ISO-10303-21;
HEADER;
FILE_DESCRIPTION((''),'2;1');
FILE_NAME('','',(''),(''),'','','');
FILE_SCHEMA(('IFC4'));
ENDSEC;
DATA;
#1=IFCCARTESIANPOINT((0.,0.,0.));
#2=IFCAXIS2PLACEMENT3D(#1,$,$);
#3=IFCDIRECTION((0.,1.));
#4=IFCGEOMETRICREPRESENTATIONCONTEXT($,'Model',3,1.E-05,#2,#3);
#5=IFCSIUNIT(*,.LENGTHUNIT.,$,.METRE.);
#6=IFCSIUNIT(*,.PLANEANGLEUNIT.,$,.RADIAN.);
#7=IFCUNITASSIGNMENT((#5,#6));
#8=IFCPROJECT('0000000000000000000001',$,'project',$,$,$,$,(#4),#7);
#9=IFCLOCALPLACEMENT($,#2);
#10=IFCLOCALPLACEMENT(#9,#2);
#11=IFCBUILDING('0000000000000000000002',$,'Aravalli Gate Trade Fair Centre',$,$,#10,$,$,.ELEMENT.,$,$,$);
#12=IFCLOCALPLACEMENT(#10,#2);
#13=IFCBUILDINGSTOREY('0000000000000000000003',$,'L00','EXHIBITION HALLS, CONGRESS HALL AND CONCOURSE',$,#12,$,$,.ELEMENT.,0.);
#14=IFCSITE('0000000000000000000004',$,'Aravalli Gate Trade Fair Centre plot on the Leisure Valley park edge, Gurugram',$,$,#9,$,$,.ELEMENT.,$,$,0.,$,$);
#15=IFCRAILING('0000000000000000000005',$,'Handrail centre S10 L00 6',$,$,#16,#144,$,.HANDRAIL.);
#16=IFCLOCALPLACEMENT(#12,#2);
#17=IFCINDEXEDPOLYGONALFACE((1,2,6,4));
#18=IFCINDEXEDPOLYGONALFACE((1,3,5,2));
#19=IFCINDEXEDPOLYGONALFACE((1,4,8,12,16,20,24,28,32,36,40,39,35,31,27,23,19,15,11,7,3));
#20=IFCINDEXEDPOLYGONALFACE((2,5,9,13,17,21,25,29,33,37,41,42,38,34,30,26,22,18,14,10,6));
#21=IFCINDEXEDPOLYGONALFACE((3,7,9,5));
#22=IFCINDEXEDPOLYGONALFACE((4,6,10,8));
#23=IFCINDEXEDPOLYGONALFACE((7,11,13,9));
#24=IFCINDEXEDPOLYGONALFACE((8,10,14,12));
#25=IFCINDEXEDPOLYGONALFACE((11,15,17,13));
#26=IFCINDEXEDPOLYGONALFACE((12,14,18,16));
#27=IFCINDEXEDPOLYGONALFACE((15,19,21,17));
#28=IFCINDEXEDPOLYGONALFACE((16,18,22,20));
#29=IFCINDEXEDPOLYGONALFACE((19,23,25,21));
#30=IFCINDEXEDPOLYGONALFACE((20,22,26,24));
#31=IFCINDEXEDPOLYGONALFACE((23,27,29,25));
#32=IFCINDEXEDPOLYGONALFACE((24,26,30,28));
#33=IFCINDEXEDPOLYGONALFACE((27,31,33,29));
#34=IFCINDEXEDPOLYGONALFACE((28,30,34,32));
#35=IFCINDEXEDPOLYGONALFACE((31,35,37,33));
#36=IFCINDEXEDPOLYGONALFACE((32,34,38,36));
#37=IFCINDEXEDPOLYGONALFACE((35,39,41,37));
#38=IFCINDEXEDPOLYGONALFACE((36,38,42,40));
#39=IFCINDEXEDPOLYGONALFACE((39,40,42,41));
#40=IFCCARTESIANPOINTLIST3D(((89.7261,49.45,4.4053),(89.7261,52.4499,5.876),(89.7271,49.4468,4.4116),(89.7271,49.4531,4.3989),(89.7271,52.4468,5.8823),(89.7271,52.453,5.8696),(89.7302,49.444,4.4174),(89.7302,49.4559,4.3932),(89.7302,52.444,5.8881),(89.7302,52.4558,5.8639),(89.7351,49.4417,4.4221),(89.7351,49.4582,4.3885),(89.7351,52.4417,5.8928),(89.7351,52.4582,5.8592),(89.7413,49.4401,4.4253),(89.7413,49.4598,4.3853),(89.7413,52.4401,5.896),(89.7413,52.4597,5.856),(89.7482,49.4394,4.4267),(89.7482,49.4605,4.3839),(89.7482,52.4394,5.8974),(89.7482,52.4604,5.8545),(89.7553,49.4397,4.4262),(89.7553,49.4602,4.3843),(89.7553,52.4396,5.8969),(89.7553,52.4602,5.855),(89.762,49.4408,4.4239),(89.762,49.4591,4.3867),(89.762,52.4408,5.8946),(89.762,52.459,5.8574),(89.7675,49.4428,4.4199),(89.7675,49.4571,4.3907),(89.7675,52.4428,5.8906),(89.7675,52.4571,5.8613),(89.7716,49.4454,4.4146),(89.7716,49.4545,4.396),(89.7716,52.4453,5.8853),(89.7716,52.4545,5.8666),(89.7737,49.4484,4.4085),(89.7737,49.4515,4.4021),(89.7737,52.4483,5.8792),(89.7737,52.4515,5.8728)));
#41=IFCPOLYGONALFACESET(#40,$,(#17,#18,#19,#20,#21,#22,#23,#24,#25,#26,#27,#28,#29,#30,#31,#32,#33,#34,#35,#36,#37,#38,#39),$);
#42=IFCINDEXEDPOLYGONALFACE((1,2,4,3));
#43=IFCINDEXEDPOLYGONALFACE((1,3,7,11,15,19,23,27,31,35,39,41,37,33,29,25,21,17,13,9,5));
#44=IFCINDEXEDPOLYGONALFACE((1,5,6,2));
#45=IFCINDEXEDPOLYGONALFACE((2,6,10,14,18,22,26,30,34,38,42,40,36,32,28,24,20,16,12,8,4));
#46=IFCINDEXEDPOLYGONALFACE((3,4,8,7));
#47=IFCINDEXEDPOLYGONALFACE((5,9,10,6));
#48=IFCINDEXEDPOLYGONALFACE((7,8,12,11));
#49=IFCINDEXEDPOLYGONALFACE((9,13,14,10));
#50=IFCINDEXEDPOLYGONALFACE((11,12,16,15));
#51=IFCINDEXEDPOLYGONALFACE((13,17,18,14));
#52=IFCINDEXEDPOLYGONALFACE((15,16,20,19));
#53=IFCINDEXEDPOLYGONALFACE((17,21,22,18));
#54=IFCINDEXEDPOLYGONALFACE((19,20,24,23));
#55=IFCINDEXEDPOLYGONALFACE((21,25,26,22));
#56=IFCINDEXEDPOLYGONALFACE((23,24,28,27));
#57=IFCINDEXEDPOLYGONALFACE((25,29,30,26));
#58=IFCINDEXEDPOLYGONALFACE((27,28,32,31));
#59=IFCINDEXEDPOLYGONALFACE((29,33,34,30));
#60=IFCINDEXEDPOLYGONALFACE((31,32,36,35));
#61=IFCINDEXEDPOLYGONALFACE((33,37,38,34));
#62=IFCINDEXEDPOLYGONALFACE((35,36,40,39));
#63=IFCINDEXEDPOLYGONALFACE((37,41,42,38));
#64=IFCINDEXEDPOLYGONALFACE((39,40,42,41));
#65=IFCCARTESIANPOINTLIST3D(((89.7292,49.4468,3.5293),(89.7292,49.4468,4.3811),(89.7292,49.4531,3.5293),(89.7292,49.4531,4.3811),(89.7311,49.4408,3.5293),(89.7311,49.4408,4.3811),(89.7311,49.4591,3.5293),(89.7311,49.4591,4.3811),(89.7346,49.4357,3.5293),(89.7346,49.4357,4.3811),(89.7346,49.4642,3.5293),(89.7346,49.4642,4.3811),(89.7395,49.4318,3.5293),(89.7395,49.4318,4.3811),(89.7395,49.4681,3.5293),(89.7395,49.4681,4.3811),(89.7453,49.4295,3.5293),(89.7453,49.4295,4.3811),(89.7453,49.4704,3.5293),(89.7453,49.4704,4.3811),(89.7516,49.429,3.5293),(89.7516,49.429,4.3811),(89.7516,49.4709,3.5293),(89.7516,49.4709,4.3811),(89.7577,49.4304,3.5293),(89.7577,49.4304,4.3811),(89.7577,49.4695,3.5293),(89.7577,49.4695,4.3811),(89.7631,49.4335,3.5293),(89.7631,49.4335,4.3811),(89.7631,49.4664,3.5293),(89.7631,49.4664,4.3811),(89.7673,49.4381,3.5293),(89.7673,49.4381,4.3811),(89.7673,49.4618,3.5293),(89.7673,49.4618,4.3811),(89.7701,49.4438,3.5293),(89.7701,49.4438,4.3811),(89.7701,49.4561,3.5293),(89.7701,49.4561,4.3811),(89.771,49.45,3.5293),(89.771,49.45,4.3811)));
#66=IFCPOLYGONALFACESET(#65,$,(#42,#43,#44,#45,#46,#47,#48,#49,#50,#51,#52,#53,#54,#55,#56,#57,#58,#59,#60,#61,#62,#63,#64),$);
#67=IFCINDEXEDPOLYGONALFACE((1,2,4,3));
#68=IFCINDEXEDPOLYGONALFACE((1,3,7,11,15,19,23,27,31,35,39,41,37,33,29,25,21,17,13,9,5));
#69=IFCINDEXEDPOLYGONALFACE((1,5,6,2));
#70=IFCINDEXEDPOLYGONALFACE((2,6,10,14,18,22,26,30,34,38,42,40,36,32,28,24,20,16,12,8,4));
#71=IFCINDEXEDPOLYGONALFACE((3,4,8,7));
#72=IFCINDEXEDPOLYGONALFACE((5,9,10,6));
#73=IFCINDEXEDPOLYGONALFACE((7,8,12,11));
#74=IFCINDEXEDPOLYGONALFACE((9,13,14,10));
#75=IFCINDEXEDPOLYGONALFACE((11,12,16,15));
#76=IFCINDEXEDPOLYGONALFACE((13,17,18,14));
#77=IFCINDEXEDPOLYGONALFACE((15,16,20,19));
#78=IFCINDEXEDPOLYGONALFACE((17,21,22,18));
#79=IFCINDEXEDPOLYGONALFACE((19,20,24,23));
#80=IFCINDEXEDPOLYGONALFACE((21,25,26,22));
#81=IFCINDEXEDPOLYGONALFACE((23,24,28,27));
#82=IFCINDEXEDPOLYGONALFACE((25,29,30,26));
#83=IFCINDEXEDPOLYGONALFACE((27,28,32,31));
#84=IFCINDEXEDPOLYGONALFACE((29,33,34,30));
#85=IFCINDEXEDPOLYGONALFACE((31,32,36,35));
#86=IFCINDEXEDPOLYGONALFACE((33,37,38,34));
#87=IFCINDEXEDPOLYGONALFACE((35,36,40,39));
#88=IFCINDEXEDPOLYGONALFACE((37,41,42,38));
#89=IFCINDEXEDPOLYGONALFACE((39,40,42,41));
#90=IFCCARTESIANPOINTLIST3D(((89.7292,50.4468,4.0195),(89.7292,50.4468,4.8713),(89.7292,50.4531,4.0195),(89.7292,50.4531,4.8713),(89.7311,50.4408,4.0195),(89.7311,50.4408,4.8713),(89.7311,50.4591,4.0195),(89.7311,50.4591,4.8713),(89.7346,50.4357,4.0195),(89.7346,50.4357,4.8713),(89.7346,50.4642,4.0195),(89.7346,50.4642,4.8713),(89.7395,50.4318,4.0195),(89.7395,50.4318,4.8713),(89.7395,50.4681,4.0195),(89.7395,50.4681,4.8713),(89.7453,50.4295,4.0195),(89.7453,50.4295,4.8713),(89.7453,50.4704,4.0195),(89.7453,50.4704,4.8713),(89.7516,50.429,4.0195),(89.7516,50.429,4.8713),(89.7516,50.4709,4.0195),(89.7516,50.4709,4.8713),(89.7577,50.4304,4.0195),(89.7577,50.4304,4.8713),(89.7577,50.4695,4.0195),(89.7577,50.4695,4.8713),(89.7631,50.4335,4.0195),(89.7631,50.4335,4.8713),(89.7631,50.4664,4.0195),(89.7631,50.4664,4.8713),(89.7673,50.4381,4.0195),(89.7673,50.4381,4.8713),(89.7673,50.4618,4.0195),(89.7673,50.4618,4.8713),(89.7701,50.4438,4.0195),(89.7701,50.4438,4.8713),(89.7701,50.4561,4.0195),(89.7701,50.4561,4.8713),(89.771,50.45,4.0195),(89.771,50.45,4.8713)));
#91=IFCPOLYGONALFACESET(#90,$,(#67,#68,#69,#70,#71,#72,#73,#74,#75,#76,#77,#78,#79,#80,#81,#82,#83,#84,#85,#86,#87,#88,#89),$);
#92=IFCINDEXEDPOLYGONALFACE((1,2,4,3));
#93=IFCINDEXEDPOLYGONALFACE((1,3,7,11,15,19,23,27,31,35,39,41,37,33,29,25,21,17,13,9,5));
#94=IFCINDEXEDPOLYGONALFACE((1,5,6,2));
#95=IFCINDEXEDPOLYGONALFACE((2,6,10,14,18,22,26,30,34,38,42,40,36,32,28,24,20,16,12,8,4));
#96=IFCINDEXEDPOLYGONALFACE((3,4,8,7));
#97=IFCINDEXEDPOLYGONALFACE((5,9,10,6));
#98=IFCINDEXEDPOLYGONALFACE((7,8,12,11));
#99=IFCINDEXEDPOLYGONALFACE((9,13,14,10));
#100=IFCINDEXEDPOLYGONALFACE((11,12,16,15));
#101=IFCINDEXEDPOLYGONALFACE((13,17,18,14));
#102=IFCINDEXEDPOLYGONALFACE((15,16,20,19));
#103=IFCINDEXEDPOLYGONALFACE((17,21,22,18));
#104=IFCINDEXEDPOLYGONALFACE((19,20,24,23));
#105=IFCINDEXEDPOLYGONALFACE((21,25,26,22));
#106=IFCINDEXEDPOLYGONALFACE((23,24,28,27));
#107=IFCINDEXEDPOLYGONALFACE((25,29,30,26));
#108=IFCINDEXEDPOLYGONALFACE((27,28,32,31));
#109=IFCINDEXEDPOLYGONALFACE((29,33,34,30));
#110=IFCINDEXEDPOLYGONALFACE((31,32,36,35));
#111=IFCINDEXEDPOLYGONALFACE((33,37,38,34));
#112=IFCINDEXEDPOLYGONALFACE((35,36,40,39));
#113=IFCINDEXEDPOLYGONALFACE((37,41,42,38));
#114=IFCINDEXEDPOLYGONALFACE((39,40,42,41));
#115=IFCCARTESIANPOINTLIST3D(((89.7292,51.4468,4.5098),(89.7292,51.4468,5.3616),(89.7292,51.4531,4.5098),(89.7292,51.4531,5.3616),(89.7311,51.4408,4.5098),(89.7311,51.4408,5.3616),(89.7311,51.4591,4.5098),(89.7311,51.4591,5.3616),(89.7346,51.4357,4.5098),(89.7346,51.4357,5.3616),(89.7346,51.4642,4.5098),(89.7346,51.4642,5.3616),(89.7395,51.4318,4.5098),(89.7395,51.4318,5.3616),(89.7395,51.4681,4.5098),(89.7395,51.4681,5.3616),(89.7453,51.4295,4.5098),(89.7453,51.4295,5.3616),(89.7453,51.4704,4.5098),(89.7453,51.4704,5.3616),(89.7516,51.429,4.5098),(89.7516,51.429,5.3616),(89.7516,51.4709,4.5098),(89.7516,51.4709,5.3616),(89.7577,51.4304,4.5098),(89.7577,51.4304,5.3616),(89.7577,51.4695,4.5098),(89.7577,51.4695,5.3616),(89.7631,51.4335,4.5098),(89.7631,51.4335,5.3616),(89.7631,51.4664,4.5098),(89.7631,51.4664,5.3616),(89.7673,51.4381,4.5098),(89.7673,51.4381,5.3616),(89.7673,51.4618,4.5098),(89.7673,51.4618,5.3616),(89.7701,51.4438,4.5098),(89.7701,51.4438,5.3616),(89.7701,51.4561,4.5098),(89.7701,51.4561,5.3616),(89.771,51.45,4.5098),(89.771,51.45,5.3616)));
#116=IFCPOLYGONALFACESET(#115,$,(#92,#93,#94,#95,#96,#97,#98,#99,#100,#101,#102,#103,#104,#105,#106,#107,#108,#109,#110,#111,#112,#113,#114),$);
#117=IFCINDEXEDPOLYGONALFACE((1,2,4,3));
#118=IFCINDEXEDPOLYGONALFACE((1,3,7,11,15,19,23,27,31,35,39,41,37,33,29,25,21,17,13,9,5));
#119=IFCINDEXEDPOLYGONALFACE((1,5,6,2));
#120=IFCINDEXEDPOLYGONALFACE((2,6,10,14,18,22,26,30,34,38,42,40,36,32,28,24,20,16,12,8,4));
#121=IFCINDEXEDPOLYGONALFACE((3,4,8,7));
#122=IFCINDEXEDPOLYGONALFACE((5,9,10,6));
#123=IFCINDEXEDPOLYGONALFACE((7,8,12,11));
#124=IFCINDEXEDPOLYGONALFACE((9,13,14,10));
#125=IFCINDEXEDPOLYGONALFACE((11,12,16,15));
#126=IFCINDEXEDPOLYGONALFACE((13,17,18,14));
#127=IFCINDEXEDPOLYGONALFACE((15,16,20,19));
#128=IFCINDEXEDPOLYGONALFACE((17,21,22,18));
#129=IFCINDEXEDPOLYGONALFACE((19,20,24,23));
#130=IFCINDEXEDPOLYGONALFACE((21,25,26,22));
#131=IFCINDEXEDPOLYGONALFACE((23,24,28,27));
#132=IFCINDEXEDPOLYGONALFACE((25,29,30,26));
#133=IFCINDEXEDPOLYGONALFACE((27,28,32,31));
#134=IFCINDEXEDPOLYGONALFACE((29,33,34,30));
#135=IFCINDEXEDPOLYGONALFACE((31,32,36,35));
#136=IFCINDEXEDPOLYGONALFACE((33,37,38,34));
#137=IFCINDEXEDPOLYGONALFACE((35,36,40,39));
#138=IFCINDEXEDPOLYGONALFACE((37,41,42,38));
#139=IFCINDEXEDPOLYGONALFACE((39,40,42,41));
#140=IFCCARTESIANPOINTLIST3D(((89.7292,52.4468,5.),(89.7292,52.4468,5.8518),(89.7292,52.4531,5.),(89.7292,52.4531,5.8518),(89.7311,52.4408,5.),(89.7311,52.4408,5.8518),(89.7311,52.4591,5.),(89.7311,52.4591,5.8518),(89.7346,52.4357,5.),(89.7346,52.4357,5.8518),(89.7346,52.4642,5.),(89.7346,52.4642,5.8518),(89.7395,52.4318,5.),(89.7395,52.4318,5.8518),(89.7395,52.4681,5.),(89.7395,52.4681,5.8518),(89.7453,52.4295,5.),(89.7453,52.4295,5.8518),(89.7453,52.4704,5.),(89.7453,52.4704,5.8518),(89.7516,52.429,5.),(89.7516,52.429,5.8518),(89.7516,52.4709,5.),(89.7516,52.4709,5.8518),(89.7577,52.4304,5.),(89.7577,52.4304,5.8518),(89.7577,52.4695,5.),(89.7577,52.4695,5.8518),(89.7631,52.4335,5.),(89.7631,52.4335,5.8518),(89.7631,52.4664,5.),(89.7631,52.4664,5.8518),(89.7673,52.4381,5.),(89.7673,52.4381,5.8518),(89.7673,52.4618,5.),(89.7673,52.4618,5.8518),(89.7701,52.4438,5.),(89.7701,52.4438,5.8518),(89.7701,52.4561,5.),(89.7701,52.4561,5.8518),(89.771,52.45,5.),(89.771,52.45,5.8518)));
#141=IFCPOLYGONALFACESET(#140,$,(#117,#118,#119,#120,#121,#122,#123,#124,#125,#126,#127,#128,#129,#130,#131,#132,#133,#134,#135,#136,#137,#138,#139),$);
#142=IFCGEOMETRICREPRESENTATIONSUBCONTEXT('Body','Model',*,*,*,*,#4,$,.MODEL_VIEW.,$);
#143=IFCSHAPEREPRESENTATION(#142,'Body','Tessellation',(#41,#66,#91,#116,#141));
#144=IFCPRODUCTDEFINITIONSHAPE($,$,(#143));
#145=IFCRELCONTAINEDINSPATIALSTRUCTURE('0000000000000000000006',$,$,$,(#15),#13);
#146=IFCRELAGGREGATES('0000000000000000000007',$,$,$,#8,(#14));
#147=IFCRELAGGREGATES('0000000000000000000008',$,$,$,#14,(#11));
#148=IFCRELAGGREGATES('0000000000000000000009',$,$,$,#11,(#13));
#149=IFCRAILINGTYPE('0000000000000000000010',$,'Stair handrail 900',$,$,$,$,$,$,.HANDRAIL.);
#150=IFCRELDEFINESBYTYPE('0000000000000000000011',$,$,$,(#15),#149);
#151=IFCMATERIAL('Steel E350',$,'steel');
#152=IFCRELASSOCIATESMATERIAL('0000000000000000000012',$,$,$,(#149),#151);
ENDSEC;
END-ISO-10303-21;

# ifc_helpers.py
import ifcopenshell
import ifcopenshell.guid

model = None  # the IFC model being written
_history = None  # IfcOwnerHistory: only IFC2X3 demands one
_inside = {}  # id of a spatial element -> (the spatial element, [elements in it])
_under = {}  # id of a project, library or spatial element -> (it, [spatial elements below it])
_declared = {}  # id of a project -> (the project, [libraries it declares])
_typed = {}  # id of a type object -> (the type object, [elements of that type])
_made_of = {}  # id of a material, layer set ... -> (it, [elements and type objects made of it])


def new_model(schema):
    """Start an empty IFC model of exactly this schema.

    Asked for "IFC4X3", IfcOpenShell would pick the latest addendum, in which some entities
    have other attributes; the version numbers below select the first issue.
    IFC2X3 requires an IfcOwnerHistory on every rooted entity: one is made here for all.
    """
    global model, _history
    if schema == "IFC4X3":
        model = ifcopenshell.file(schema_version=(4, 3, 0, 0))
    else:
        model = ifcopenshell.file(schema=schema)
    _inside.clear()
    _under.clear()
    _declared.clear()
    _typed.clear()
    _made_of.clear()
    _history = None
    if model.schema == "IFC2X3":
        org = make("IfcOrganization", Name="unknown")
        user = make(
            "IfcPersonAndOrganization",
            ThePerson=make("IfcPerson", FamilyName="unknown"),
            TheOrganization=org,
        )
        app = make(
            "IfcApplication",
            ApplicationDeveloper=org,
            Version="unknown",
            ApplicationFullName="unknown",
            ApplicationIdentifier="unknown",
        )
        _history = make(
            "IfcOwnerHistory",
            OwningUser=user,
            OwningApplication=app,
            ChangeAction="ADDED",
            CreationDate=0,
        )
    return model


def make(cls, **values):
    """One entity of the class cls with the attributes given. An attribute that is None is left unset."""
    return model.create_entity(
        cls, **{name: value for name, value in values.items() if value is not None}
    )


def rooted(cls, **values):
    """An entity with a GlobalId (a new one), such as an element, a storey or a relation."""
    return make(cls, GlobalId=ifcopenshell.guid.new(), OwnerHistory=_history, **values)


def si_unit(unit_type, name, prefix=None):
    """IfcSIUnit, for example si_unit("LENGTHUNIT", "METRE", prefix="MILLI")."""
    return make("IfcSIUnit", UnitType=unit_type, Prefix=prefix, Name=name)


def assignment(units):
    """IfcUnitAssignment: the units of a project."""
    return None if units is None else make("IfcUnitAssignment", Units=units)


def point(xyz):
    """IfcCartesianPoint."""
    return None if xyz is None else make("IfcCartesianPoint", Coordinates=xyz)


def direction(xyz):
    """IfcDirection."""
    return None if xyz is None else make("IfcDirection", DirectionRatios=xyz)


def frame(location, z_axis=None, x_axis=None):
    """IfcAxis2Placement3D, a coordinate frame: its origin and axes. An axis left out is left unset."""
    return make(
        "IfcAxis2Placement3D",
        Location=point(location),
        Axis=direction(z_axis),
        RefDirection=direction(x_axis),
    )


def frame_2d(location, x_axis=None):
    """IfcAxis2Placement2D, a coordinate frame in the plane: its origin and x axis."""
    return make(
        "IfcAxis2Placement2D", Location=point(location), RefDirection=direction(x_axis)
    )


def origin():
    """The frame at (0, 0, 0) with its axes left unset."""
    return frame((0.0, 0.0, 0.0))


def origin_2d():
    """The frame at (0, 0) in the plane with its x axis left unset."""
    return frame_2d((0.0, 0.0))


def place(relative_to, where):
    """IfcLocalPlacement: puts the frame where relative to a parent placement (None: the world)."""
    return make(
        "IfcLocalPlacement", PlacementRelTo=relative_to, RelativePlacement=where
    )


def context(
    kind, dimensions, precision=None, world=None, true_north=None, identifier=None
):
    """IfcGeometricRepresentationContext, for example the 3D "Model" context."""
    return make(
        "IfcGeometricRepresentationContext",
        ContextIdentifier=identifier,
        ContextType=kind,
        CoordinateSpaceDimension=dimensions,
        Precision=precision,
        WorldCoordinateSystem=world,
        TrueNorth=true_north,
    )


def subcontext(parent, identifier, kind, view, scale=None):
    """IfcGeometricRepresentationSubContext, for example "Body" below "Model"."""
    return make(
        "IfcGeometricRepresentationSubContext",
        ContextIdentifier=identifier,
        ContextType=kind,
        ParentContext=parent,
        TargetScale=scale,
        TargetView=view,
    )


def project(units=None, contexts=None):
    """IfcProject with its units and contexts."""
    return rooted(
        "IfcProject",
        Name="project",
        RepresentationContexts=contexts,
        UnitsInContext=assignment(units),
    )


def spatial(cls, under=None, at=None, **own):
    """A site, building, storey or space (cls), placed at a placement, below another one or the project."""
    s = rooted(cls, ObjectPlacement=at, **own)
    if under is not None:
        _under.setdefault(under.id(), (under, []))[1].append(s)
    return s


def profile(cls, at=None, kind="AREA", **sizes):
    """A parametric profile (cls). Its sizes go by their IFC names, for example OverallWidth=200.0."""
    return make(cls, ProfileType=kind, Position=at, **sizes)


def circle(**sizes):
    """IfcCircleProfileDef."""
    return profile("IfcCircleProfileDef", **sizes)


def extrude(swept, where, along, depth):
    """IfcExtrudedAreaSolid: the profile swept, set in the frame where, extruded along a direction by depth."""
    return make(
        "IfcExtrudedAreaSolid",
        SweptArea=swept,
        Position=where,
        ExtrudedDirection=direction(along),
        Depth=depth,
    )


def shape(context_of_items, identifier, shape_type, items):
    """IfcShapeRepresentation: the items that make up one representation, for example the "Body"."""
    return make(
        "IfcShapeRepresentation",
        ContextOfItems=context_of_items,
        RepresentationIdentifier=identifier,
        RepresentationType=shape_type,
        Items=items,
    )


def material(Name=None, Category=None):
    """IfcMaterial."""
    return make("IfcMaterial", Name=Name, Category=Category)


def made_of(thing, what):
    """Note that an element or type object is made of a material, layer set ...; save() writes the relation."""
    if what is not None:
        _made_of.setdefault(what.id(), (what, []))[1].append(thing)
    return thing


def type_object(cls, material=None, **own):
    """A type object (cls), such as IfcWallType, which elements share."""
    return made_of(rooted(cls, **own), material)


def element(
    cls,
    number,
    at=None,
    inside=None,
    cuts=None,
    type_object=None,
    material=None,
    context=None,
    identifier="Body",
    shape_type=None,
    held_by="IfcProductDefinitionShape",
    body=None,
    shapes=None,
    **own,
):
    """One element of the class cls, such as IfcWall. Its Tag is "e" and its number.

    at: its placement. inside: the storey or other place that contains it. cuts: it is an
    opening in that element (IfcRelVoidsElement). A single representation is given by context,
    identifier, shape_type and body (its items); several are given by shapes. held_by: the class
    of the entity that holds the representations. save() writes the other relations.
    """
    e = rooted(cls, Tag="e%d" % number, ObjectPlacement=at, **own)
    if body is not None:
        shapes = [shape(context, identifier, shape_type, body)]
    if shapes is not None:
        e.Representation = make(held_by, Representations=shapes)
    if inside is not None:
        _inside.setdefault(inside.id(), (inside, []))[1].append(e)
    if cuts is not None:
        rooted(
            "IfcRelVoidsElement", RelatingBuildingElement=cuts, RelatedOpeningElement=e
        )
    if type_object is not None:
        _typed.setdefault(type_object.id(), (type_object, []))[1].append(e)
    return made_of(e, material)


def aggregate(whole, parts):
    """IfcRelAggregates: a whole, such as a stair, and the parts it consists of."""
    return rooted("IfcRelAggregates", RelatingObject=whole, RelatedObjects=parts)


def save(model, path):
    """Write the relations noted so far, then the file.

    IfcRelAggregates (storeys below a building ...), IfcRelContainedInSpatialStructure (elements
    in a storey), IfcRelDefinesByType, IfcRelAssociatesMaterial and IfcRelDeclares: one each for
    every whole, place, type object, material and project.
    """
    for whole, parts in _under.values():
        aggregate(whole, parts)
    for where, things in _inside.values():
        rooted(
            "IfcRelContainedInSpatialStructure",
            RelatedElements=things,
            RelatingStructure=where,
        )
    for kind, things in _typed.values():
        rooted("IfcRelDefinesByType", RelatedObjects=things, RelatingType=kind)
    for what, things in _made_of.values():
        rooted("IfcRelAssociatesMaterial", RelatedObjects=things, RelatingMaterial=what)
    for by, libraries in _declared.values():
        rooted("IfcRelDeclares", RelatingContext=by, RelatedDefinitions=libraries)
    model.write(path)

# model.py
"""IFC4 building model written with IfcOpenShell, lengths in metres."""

from ifc_helpers import new_model, si_unit, direction, frame, origin, origin_2d, place, context, subcontext, project, spatial, circle, extrude, material, type_object, element, save


model = new_model("IFC4")

# Units and contexts
model_context = context("Model", 3, precision=1e-05, world=origin(), true_north=direction((0.0, 1.0)))
body_context = subcontext(model_context, "Body", "Model", "MODEL_VIEW")
ifc_project = project(units=[si_unit("LENGTHUNIT", "METRE"), si_unit("PLANEANGLEUNIT", "RADIAN")], contexts=[model_context])

# Site, building, storey
site_placement = place(None, origin())
site = spatial("IfcSite", under=ifc_project, at=site_placement, Name="Aravalli Gate Trade Fair Centre plot on the Leisure Valley park edge, Gurugram", CompositionType="ELEMENT", RefElevation=0.0)
building_placement = place(site_placement, origin())
building = spatial("IfcBuilding", under=site, at=building_placement, Name="Aravalli Gate Trade Fair Centre", CompositionType="ELEMENT")
storey_placement = place(building_placement, origin())
storey = spatial("IfcBuildingStorey", under=building, at=storey_placement, Name="L00", Description="EXHIBITION HALLS, CONGRESS HALL AND CONCOURSE", CompositionType="ELEMENT", Elevation=0.0)

# Railing
ifc_material_1 = material(Name="Steel E350", Category="steel")
railing_type = type_object("IfcRailingType", Name="Stair handrail 900", PredefinedType="HANDRAIL", material=ifc_material_1)
for number, where, name in (
    (1, (89.75, 49.45, 3.5293), "Handrail centre S10 L00 6"),
):
    element("IfcRailing", number, at=place(storey_placement, frame(where)), inside=storey, type_object=railing_type, Name=name, PredefinedType="HANDRAIL", context=body_context, shape_type="SweptSolid", body=[
        extrude(circle(Radius=0.0239, at=origin_2d()), frame((0.0, 0.0, 0.876), z_axis=(0.0, 0.897907, 0.440185), x_axis=(-1.0, 0.0, 0.0)), (0.0, 0.0, 1.0), 3.3411),
        extrude(circle(Radius=0.021, at=origin_2d()), origin(), (0.0, 0.0, 1.0), 0.8518),
        extrude(circle(Radius=0.021, at=origin_2d()), frame((0.0, 1.0, 0.4902)), (0.0, 0.0, 1.0), 0.8518),
        extrude(circle(Radius=0.021, at=origin_2d()), frame((0.0, 2.0, 0.9805)), (0.0, 0.0, 1.0), 0.8518),
        extrude(circle(Radius=0.021, at=origin_2d()), frame((0.0, 3.0, 1.4707)), (0.0, 0.0, 1.0), 0.8518),
    ])

save(model, "model.ifc")
